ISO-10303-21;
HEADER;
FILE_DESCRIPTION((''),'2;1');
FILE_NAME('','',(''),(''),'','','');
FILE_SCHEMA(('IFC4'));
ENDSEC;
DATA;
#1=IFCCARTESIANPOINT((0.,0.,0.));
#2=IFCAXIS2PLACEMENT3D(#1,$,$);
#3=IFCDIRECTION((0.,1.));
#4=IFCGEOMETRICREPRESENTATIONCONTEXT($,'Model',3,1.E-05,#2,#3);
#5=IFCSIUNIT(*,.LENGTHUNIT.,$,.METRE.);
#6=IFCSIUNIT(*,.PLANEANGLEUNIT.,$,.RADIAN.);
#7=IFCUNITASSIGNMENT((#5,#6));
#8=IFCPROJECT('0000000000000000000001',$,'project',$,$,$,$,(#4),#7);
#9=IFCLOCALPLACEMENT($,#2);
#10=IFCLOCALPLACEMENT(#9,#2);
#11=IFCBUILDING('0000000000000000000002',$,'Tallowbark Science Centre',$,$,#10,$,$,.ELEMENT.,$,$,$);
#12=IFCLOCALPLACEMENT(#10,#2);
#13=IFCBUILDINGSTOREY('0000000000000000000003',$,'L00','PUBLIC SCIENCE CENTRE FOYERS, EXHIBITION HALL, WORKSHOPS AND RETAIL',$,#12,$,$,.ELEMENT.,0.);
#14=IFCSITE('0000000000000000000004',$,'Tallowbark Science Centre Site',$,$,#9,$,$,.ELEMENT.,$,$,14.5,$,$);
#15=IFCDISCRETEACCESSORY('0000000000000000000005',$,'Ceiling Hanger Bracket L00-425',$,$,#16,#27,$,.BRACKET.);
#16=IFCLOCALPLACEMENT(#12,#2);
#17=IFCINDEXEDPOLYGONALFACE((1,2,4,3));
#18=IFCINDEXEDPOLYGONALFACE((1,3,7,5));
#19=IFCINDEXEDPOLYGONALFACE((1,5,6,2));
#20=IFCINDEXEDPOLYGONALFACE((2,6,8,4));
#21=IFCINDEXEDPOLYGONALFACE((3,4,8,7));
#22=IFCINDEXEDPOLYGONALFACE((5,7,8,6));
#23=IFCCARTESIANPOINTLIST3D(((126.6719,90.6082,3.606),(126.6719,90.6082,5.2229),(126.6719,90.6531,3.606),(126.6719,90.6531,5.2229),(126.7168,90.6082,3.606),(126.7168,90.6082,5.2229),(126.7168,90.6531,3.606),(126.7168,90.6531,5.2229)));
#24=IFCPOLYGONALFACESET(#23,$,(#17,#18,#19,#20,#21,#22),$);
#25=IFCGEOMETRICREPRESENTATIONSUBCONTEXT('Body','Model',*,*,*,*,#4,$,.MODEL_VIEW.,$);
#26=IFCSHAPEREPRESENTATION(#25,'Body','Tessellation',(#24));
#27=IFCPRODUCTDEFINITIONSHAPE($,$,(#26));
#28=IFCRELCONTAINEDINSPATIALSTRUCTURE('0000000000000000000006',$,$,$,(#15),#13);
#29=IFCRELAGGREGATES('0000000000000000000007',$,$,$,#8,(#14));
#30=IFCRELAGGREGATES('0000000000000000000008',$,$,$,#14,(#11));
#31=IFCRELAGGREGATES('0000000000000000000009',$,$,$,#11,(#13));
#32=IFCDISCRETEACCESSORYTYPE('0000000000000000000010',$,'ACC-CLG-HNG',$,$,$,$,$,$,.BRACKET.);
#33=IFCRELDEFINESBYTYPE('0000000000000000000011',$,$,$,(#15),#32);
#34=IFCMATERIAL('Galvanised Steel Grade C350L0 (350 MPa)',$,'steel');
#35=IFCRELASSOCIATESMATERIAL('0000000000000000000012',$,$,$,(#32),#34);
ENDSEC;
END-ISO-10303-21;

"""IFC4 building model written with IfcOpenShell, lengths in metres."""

from ifc_helpers import new_model, si_unit, direction, frame, origin, origin_2d, place, context, subcontext, project, spatial, rectangle, extrude, material, type_object, element, save


model = new_model("IFC4")

# Units and contexts
model_context = context("Model", 3, precision=1e-05, world=origin(), true_north=direction((0.0, 1.0)))
body_context = subcontext(model_context, "Body", "Model", "MODEL_VIEW")
ifc_project = project(units=[si_unit("LENGTHUNIT", "METRE"), si_unit("PLANEANGLEUNIT", "RADIAN")], contexts=[model_context])

# Site, building, storey
site_placement = place(None, origin())
site = spatial("IfcSite", under=ifc_project, at=site_placement, Name="Tallowbark Science Centre Site", CompositionType="ELEMENT", RefElevation=14.5)
building_placement = place(site_placement, origin())
building = spatial("IfcBuilding", under=site, at=building_placement, Name="Tallowbark Science Centre", CompositionType="ELEMENT")
storey_placement = place(building_placement, origin())
storey = spatial("IfcBuildingStorey", under=building, at=storey_placement, Name="L00", Description="PUBLIC SCIENCE CENTRE FOYERS, EXHIBITION HALL, WORKSHOPS AND RETAIL", CompositionType="ELEMENT", Elevation=0.0)

# Discrete accessory
ifc_material_1 = material(Name="Galvanised Steel Grade C350L0 (350 MPa)", Category="steel")
discrete_accessory_type = type_object("IfcDiscreteAccessoryType", Name="ACC-CLG-HNG", PredefinedType="BRACKET", material=ifc_material_1)
for number, where, z_axis, x_axis, name in (
    (1, (126.6943, 90.6306, 3.606), (0.0, 0.0, 1.0), (1.0, 0.0, 0.0), "Ceiling Hanger Bracket L00-425"),
):
    element("IfcDiscreteAccessory", number, at=place(storey_placement, frame(where, z_axis=z_axis, x_axis=x_axis)), inside=storey, type_object=discrete_accessory_type, Name=name, PredefinedType="BRACKET", context=body_context, shape_type="SweptSolid", body=[
        extrude(rectangle(XDim=0.0449, YDim=0.0449, at=origin_2d()), origin(), (0.0, 0.0, 1.0), 1.6169),
    ])

save(model, "model.ifc")
